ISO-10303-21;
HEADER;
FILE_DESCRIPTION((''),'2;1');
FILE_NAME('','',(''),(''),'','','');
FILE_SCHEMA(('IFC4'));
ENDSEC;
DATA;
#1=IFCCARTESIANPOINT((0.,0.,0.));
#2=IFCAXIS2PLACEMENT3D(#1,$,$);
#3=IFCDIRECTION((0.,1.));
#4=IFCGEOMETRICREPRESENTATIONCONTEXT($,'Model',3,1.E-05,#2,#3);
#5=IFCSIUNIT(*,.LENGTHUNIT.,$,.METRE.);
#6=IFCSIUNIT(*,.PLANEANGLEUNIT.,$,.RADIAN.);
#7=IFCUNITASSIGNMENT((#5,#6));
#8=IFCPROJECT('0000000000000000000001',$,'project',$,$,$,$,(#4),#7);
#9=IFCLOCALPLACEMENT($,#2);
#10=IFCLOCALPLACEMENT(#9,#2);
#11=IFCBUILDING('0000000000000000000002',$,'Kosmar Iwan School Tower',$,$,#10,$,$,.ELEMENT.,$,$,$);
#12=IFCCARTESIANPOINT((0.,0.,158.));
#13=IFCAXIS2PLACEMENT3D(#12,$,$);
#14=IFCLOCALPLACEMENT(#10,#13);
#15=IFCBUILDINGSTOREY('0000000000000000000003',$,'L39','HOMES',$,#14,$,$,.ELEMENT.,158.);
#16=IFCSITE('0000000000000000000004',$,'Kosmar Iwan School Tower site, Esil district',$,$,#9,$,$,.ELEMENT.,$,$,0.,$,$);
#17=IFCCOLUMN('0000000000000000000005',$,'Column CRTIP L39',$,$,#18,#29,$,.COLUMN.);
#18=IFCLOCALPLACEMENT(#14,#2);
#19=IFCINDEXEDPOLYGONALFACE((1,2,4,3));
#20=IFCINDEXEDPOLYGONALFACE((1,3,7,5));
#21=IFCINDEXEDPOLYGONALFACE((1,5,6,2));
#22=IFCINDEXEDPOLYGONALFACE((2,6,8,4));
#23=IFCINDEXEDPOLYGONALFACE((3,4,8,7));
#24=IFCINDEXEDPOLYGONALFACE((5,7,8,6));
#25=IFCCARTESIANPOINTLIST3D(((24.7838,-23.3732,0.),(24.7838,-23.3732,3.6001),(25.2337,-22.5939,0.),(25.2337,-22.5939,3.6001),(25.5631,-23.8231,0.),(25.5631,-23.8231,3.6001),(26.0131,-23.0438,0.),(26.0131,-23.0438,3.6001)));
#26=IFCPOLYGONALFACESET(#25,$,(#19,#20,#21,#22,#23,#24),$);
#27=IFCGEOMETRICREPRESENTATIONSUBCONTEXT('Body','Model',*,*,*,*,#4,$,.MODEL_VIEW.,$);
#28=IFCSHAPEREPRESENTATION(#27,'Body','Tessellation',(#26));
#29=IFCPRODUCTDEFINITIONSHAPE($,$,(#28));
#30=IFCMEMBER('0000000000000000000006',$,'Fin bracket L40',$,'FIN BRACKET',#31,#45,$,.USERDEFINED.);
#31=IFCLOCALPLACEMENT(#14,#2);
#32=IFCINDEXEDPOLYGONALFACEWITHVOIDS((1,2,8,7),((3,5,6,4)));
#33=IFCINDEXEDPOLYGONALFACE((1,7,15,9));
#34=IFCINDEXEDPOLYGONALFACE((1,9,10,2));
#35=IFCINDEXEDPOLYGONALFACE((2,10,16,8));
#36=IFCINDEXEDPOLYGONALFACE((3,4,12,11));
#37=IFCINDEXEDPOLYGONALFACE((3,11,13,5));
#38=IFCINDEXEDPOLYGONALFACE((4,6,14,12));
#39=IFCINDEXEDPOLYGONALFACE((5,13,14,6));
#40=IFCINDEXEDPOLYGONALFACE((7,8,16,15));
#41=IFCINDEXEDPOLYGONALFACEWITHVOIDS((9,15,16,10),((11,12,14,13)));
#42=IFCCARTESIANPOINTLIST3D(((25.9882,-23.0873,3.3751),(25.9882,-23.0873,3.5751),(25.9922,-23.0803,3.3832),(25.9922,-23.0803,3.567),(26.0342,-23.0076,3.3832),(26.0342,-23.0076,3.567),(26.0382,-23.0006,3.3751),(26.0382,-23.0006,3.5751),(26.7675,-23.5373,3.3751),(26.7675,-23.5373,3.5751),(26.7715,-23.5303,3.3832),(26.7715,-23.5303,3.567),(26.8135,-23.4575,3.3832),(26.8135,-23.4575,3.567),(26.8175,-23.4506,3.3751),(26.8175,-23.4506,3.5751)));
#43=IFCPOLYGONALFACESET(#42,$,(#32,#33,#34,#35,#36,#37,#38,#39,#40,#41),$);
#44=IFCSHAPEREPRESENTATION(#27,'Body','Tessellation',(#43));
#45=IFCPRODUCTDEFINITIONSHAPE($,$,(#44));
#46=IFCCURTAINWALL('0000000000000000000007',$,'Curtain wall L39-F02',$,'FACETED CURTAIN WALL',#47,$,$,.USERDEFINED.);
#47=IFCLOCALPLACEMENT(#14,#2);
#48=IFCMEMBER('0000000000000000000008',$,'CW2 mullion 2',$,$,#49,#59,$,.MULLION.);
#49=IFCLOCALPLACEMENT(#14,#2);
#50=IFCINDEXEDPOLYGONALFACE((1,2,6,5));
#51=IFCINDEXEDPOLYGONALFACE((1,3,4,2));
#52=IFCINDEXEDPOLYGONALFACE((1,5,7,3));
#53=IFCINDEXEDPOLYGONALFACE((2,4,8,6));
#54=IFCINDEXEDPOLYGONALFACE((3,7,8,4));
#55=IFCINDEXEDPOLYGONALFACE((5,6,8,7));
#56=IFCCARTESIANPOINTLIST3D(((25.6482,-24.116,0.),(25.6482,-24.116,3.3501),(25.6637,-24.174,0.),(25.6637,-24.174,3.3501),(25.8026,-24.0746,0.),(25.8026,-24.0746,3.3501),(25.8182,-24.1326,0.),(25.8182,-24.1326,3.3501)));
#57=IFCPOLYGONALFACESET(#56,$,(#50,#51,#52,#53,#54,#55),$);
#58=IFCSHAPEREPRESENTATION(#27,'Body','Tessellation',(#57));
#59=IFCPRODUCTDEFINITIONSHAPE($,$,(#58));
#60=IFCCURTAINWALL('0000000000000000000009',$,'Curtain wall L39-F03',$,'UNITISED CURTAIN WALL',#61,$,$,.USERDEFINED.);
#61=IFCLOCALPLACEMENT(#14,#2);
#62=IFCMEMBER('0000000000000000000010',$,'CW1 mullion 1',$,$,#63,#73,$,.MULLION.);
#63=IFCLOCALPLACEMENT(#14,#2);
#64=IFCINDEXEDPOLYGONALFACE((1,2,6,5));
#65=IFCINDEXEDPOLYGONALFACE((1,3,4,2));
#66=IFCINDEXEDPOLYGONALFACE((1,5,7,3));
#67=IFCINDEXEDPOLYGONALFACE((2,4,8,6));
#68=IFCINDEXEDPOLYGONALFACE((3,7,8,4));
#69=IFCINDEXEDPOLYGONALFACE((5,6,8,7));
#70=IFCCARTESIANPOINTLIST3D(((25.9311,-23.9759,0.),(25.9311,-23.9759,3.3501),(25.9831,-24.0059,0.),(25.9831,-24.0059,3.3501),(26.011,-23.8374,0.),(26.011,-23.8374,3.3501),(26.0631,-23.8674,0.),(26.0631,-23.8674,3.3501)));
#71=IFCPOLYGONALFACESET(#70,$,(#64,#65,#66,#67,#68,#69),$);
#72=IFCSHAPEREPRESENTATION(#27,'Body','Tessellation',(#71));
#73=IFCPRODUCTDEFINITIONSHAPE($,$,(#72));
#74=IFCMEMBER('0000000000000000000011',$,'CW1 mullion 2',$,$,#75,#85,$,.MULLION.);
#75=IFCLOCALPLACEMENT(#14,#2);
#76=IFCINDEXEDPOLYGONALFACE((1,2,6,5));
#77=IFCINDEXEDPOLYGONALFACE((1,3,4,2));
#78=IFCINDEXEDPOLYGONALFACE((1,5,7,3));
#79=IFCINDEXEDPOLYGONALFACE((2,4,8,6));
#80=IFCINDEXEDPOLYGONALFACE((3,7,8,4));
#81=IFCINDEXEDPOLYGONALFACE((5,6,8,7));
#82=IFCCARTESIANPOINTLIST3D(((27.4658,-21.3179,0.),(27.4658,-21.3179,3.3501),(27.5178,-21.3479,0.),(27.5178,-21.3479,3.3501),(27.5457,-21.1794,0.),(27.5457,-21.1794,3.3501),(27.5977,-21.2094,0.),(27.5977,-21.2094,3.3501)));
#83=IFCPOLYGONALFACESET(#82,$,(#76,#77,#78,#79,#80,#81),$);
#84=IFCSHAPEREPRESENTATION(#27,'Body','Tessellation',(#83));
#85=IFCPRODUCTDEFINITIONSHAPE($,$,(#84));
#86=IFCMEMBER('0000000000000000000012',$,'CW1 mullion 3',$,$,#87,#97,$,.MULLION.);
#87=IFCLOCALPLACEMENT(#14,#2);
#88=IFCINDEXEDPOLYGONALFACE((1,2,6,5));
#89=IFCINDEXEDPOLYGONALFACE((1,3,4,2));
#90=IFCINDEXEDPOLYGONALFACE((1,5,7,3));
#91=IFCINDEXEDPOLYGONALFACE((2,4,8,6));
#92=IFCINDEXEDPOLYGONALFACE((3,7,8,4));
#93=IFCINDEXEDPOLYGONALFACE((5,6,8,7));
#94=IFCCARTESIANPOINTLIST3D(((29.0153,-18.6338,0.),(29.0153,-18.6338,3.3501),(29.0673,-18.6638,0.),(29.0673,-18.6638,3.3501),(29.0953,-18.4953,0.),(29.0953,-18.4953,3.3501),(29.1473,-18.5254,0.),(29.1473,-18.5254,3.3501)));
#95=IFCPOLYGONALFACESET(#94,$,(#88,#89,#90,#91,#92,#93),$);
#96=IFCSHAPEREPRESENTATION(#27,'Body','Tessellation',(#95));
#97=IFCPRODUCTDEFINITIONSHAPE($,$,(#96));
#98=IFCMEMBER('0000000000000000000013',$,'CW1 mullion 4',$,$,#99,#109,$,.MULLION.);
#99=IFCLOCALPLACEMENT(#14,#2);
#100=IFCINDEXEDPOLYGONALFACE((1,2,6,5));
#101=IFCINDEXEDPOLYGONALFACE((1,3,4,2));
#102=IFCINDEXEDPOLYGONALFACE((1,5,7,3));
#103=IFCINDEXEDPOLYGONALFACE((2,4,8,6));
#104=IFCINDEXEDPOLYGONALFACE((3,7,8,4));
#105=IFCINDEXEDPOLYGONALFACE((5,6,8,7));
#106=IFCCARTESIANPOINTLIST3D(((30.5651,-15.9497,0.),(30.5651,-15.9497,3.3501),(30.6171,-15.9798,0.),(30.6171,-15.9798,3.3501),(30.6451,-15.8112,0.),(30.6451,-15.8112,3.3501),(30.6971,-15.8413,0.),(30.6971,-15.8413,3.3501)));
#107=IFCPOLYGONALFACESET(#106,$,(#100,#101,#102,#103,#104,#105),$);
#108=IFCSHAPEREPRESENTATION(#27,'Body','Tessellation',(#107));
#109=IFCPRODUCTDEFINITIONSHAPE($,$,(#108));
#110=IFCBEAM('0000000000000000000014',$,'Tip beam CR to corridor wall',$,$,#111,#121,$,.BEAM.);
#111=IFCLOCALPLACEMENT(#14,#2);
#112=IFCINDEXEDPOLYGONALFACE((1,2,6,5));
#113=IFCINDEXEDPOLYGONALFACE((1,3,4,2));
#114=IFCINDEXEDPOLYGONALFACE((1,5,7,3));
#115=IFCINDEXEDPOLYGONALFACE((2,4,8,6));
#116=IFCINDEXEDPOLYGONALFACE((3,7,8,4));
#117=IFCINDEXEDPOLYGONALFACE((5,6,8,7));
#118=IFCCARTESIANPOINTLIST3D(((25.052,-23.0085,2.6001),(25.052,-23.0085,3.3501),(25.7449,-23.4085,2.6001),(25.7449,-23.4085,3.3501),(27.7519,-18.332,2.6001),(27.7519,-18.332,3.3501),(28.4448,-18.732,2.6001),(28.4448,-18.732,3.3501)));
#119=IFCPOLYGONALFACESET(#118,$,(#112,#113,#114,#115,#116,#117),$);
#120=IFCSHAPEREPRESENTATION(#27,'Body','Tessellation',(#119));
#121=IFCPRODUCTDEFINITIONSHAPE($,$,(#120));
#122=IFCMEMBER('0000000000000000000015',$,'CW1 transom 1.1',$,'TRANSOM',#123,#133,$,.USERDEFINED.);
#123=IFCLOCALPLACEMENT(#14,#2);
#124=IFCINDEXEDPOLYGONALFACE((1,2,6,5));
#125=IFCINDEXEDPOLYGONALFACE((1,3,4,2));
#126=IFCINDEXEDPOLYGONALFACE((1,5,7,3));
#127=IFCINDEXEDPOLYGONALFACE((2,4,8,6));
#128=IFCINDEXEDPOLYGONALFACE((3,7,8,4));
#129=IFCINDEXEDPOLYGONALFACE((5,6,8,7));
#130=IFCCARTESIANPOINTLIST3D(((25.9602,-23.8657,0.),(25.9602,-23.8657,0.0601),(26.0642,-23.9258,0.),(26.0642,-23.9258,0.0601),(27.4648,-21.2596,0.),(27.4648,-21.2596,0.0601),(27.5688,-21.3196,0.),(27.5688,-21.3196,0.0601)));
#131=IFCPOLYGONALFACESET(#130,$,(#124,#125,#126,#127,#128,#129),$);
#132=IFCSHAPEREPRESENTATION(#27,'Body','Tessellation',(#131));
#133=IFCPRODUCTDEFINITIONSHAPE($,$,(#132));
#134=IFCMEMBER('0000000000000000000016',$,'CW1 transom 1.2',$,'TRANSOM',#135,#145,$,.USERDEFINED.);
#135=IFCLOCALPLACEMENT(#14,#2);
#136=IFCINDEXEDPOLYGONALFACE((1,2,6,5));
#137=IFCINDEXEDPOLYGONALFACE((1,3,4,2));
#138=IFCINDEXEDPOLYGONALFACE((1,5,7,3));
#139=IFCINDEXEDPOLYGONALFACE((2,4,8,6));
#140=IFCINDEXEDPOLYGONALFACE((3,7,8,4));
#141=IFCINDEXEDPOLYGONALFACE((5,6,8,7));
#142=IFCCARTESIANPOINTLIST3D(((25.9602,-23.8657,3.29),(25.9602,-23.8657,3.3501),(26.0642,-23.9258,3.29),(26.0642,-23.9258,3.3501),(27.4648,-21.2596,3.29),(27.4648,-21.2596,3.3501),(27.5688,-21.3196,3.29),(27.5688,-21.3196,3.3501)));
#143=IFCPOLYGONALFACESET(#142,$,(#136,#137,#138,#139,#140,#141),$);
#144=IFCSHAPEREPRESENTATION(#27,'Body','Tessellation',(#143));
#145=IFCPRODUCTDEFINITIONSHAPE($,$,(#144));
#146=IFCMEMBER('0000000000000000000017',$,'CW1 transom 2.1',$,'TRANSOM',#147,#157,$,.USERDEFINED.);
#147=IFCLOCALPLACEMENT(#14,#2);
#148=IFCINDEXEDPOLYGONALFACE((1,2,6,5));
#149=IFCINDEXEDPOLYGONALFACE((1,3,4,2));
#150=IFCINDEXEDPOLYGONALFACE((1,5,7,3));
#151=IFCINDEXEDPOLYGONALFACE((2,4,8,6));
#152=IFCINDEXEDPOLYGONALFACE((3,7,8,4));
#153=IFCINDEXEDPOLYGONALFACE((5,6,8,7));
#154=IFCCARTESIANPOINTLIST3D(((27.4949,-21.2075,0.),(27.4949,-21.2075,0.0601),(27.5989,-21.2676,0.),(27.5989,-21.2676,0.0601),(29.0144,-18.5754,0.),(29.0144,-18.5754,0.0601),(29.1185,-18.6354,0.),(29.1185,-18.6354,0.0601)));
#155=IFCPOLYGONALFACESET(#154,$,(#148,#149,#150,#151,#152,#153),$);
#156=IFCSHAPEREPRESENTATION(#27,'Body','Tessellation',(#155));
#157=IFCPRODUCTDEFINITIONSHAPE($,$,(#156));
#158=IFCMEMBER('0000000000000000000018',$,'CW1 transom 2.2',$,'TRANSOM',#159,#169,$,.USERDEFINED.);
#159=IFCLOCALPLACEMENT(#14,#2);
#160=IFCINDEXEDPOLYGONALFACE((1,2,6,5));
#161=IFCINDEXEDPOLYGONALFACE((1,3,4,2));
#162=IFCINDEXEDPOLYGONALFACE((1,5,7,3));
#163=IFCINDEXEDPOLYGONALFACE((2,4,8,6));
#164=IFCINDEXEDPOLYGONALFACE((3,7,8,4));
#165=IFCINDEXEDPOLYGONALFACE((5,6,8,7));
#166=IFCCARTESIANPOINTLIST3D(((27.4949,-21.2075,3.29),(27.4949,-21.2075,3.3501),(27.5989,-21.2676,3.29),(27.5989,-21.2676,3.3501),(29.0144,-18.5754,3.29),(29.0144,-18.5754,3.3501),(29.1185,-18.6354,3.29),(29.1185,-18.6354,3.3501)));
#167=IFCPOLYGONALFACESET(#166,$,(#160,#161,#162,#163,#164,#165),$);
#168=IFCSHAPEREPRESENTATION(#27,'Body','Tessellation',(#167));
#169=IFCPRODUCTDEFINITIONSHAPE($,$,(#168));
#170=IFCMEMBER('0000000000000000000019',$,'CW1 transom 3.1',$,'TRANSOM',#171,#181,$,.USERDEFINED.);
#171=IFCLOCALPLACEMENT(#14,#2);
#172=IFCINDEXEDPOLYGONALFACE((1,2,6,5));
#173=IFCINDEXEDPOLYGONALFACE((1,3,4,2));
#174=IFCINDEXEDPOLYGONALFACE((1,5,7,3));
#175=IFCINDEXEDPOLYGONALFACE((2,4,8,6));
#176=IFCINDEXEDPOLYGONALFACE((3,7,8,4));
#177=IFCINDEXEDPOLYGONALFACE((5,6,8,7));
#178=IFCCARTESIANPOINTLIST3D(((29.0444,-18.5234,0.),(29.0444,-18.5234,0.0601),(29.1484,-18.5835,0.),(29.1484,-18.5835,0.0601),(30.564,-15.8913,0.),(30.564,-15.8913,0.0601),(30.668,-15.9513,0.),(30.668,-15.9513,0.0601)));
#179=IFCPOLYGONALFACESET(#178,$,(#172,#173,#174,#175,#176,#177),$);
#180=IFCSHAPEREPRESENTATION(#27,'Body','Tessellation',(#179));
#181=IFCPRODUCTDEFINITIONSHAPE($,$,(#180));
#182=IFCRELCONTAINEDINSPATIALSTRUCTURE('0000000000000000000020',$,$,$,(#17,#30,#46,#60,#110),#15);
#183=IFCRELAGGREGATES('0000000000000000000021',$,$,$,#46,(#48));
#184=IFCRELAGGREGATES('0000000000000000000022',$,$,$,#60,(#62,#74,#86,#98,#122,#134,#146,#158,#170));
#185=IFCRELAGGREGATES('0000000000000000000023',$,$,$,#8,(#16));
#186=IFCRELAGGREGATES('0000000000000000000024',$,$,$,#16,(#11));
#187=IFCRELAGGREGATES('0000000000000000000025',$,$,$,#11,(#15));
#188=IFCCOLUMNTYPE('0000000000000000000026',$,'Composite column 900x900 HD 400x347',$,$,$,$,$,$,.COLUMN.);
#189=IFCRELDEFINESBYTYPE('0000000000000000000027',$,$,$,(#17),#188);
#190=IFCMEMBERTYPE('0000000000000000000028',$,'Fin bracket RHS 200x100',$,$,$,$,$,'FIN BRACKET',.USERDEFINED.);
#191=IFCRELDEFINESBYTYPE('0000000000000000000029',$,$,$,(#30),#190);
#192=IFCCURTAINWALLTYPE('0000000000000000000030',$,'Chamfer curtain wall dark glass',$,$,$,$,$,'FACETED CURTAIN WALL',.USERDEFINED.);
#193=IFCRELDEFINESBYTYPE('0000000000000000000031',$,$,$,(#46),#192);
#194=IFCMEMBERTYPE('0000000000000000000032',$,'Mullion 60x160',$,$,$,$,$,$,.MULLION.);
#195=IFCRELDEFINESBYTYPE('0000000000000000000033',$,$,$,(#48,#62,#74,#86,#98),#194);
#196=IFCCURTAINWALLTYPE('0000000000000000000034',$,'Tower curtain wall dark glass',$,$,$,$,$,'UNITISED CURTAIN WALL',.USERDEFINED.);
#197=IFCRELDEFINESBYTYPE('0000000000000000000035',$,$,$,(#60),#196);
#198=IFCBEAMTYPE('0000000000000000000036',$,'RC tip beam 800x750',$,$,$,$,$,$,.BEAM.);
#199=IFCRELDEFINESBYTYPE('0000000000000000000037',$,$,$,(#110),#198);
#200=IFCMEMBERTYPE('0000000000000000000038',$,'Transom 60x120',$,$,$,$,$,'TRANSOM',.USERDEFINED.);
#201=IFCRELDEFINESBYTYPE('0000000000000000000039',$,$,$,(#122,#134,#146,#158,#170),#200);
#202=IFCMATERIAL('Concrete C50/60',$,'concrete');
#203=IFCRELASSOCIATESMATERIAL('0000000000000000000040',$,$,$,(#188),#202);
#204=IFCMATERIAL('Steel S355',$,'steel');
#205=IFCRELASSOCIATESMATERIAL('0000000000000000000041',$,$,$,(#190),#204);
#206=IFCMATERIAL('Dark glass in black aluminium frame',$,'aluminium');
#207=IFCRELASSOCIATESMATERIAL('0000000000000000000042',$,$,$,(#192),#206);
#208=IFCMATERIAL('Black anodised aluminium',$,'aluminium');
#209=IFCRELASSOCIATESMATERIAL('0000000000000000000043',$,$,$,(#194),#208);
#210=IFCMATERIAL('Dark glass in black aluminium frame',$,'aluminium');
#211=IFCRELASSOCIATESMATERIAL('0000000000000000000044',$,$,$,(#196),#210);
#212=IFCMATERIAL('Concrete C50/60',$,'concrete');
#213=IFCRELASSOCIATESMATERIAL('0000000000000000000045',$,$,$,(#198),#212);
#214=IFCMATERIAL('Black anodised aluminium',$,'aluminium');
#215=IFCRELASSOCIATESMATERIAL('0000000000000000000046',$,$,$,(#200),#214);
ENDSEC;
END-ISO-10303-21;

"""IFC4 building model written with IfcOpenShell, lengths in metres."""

from ifc_helpers import new_model, si_unit, direction, frame, origin, origin_2d, place, context, subcontext, project, spatial, rectangle, hollow_rectangle, extrude, material, material_profile, profile_set, type_object, element, aggregate, save


model = new_model("IFC4")

# Units and contexts
model_context = context("Model", 3, precision=1e-05, world=origin(), true_north=direction((0.0, 1.0)))
body_context = subcontext(model_context, "Body", "Model", "MODEL_VIEW")
ifc_project = project(units=[si_unit("LENGTHUNIT", "METRE"), si_unit("PLANEANGLEUNIT", "RADIAN")], contexts=[model_context])

# Site, building, storey
site_placement = place(None, origin())
site = spatial("IfcSite", under=ifc_project, at=site_placement, Name="Kosmar Iwan School Tower site, Esil district", CompositionType="ELEMENT", RefElevation=0.0)
building_placement = place(site_placement, origin())
building = spatial("IfcBuilding", under=site, at=building_placement, Name="Kosmar Iwan School Tower", CompositionType="ELEMENT")
storey_placement = place(building_placement, frame((0.0, 0.0, 158.0)))
storey = spatial("IfcBuildingStorey", under=building, at=storey_placement, Name="L39", Description="HOMES", CompositionType="ELEMENT", Elevation=158.0)

# Column
ifc_material_1 = material(Name="Concrete C50/60", Category="concrete")
ifc_material_profile_1 = material_profile(ifc_material_1, rectangle(XDim=0.8999, YDim=0.8999, at=origin_2d()), Name="RC 900x900 + HD 400x347")
ifc_profile_set_1 = profile_set([ifc_material_profile_1], Name="Concrete C50/60")
column_type = type_object("IfcColumnType", Name="Composite column 900x900 HD 400x347", PredefinedType="COLUMN", material=ifc_profile_set_1)
column_placement = place(storey_placement, frame((25.3984, -23.2085, 0.0), z_axis=(0.0, 0.0, 1.0), x_axis=(0.866025, -0.5, 0.0)))
element("IfcColumn", 1, at=column_placement, inside=storey, type_object=column_type, Name="Column CRTIP L39", PredefinedType="COLUMN", context=body_context, shape_type="SweptSolid", body=[
    extrude(rectangle(XDim=0.8999, YDim=0.8999, at=origin_2d()), origin(), (0.0, 0.0, 1.0), 3.6001),
])

# Member
ifc_material_2 = material(Name="Steel S355", Category="steel")
ifc_material_profile_2 = material_profile(ifc_material_2, hollow_rectangle(XDim=0.1001, YDim=0.2, WallThickness=0.0081, at=origin_2d()), Name="RHS 200x100x8")
ifc_profile_set_2 = profile_set([ifc_material_profile_2], Name="Steel S355")
member_type_1 = type_object("IfcMemberType", Name="Fin bracket RHS 200x100", ElementType="FIN BRACKET", PredefinedType="USERDEFINED", material=ifc_profile_set_2)
member_1_placement = place(storey_placement, frame((26.0132, -23.0439, 3.4751), z_axis=(0.866014, -0.50002, 0.0), x_axis=(0.50002, 0.866014, 0.0)))
element("IfcMember", 2, at=member_1_placement, inside=storey, type_object=member_type_1, Name="Fin bracket L40", ObjectType="FIN BRACKET", PredefinedType="USERDEFINED", context=body_context, shape_type="SweptSolid", body=[
    extrude(hollow_rectangle(XDim=0.1001, YDim=0.2, WallThickness=0.0081, at=origin_2d()), origin(), (0.0, 0.0, 1.0), 0.8999),
])

# Curtain wall, member
ifc_material_3 = material(Name="Dark glass in black aluminium frame", Category="aluminium")
curtain_wall_type_1 = type_object("IfcCurtainWallType", Name="Chamfer curtain wall dark glass", ElementType="FACETED CURTAIN WALL", PredefinedType="USERDEFINED", material=ifc_material_3)
curtain_wall_1_placement = place(storey_placement, origin())
curtain_wall_1 = element("IfcCurtainWall", 3, at=curtain_wall_1_placement, inside=storey, type_object=curtain_wall_type_1, Name="Curtain wall L39-F02", ObjectType="FACETED CURTAIN WALL", PredefinedType="USERDEFINED")
ifc_material_4 = material(Name="Black anodised aluminium", Category="aluminium")
ifc_material_profile_3 = material_profile(ifc_material_4, rectangle(XDim=0.0601, YDim=0.1599, at=origin_2d()), Name="MULLION 60x160")
ifc_profile_set_3 = profile_set([ifc_material_profile_3], Name="Black anodised aluminium")
member_type_2 = type_object("IfcMemberType", Name="Mullion 60x160", PredefinedType="MULLION", material=ifc_profile_set_3)
member_2_placement = place(storey_placement, frame((25.7332, -24.1243, 0.0), z_axis=(0.0, 0.0, 1.0), x_axis=(-0.258819, 0.965926, 0.0)))
member_2 = element("IfcMember", 4, at=member_2_placement, type_object=member_type_2, Name="CW2 mullion 2", PredefinedType="MULLION", context=body_context, shape_type="SweptSolid", body=[
    extrude(rectangle(XDim=0.0601, YDim=0.1599, at=origin_2d()), origin(), (0.0, 0.0, 1.0), 3.3501),
])

# Curtain wall, members
ifc_material_5 = material(Name="Dark glass in black aluminium frame", Category="aluminium")
curtain_wall_type_2 = type_object("IfcCurtainWallType", Name="Tower curtain wall dark glass", ElementType="UNITISED CURTAIN WALL", PredefinedType="USERDEFINED", material=ifc_material_5)
curtain_wall_2_placement = place(storey_placement, origin())
curtain_wall_2 = element("IfcCurtainWall", 5, at=curtain_wall_2_placement, inside=storey, type_object=curtain_wall_type_2, Name="Curtain wall L39-F03", ObjectType="UNITISED CURTAIN WALL", PredefinedType="USERDEFINED")
member_3_placement = place(storey_placement, frame((25.9971, -23.9216, 0.0), z_axis=(0.0, 0.0, 1.0), x_axis=(-0.866025, 0.5, 0.0)))
member_3 = element("IfcMember", 6, at=member_3_placement, type_object=member_type_2, Name="CW1 mullion 1", PredefinedType="MULLION", context=body_context, shape_type="SweptSolid", body=[
    extrude(rectangle(XDim=0.0601, YDim=0.1599, at=origin_2d()), origin(), (0.0, 0.0, 1.0), 3.3501),
])
member_4_placement = place(storey_placement, frame((27.5317, -21.2637, 0.0), z_axis=(0.0, 0.0, 1.0), x_axis=(-0.866025, 0.5, 0.0)))
member_4 = element("IfcMember", 7, at=member_4_placement, type_object=member_type_2, Name="CW1 mullion 2", PredefinedType="MULLION", context=body_context, shape_type="SweptSolid", body=[
    extrude(rectangle(XDim=0.0601, YDim=0.1599, at=origin_2d()), origin(), (0.0, 0.0, 1.0), 3.3501),
])
member_5_placement = place(storey_placement, frame((29.0813, -18.5796, 0.0), z_axis=(0.0, 0.0, 1.0), x_axis=(-0.866025, 0.5, 0.0)))
member_5 = element("IfcMember", 8, at=member_5_placement, type_object=member_type_2, Name="CW1 mullion 3", PredefinedType="MULLION", context=body_context, shape_type="SweptSolid", body=[
    extrude(rectangle(XDim=0.0601, YDim=0.1599, at=origin_2d()), origin(), (0.0, 0.0, 1.0), 3.3501),
])
member_6_placement = place(storey_placement, frame((30.6311, -15.8955, 0.0), z_axis=(0.0, 0.0, 1.0), x_axis=(-0.866025, 0.5, 0.0)))
member_6 = element("IfcMember", 9, at=member_6_placement, type_object=member_type_2, Name="CW1 mullion 4", PredefinedType="MULLION", context=body_context, shape_type="SweptSolid", body=[
    extrude(rectangle(XDim=0.0601, YDim=0.1599, at=origin_2d()), origin(), (0.0, 0.0, 1.0), 3.3501),
])

# Beam
ifc_material_6 = material(Name="Concrete C50/60", Category="concrete")
ifc_material_profile_4 = material_profile(ifc_material_6, rectangle(XDim=0.8, YDim=0.75, at=origin_2d()), Name="RC 800x750")
ifc_profile_set_4 = profile_set([ifc_material_profile_4], Name="Concrete C50/60")
beam_type = type_object("IfcBeamType", Name="RC tip beam 800x750", PredefinedType="BEAM", material=ifc_profile_set_4)
beam_placement = place(storey_placement, frame((25.3984, -23.2085, 2.9751), z_axis=(0.499995, 0.866028, 0.0), x_axis=(-0.866028, 0.499995, 0.0)))
element("IfcBeam", 10, at=beam_placement, inside=storey, type_object=beam_type, Name="Tip beam CR to corridor wall", PredefinedType="BEAM", context=body_context, shape_type="SweptSolid", body=[
    extrude(rectangle(XDim=0.8, YDim=0.75, at=origin_2d()), origin(), (0.0, 0.0, 1.0), 5.3999),
])

# Members
ifc_material_7 = material(Name="Black anodised aluminium", Category="aluminium")
ifc_material_profile_5 = material_profile(ifc_material_7, rectangle(XDim=0.1201, YDim=0.0601, at=origin_2d()), Name="TRANSOM 60x120")
ifc_profile_set_5 = profile_set([ifc_material_profile_5], Name="Black anodised aluminium")
member_type_3 = type_object("IfcMemberType", Name="Transom 60x120", ElementType="TRANSOM", PredefinedType="USERDEFINED", material=ifc_profile_set_5)
member_7_placement = place(storey_placement, frame((26.0122, -23.8958, 0.03), z_axis=(0.499987, 0.866033, 0.0), x_axis=(-0.866033, 0.499987, 0.0)))
member_7 = element("IfcMember", 11, at=member_7_placement, type_object=member_type_3, Name="CW1 transom 1.1", ObjectType="TRANSOM", PredefinedType="USERDEFINED", context=body_context, shape_type="SweptSolid", body=[
    extrude(rectangle(XDim=0.1201, YDim=0.0601, at=origin_2d()), origin(), (0.0, 0.0, 1.0), 3.0093),
])
member_8_placement = place(storey_placement, frame((26.0122, -23.8958, 3.3201), z_axis=(0.499987, 0.866033, 0.0), x_axis=(-0.866033, 0.499987, 0.0)))
member_8 = element("IfcMember", 12, at=member_8_placement, type_object=member_type_3, Name="CW1 transom 1.2", ObjectType="TRANSOM", PredefinedType="USERDEFINED", context=body_context, shape_type="SweptSolid", body=[
    extrude(rectangle(XDim=0.1201, YDim=0.0601, at=origin_2d()), origin(), (0.0, 0.0, 1.0), 3.0093),
])
member_9_placement = place(storey_placement, frame((27.5469, -21.2375, 0.03), z_axis=(0.499975, 0.86604, 0.0), x_axis=(-0.86604, 0.499975, 0.0)))
member_9 = element("IfcMember", 13, at=member_9_placement, type_object=member_type_3, Name="CW1 transom 2.1", ObjectType="TRANSOM", PredefinedType="USERDEFINED", context=body_context, shape_type="SweptSolid", body=[
    extrude(rectangle(XDim=0.1201, YDim=0.0601, at=origin_2d()), origin(), (0.0, 0.0, 1.0), 3.0393),
])
member_10_placement = place(storey_placement, frame((27.5469, -21.2375, 3.3201), z_axis=(0.499975, 0.86604, 0.0), x_axis=(-0.86604, 0.499975, 0.0)))
member_10 = element("IfcMember", 14, at=member_10_placement, type_object=member_type_3, Name="CW1 transom 2.2", ObjectType="TRANSOM", PredefinedType="USERDEFINED", context=body_context, shape_type="SweptSolid", body=[
    extrude(rectangle(XDim=0.1201, YDim=0.0601, at=origin_2d()), origin(), (0.0, 0.0, 1.0), 3.0393),
])
member_11_placement = place(storey_placement, frame((29.0964, -18.5535, 0.03), z_axis=(0.499975, 0.86604, 0.0), x_axis=(-0.86604, 0.499975, 0.0)))
member_11 = element("IfcMember", 15, at=member_11_placement, type_object=member_type_3, Name="CW1 transom 3.1", ObjectType="TRANSOM", PredefinedType="USERDEFINED", context=body_context, shape_type="SweptSolid", body=[
    extrude(rectangle(XDim=0.1201, YDim=0.0601, at=origin_2d()), origin(), (0.0, 0.0, 1.0), 3.0393),
])

aggregate(curtain_wall_1, [member_2])
aggregate(curtain_wall_2, [member_3, member_4, member_5, member_6, member_7, member_8, member_9, member_10, member_11])

save(model, "model.ifc")
